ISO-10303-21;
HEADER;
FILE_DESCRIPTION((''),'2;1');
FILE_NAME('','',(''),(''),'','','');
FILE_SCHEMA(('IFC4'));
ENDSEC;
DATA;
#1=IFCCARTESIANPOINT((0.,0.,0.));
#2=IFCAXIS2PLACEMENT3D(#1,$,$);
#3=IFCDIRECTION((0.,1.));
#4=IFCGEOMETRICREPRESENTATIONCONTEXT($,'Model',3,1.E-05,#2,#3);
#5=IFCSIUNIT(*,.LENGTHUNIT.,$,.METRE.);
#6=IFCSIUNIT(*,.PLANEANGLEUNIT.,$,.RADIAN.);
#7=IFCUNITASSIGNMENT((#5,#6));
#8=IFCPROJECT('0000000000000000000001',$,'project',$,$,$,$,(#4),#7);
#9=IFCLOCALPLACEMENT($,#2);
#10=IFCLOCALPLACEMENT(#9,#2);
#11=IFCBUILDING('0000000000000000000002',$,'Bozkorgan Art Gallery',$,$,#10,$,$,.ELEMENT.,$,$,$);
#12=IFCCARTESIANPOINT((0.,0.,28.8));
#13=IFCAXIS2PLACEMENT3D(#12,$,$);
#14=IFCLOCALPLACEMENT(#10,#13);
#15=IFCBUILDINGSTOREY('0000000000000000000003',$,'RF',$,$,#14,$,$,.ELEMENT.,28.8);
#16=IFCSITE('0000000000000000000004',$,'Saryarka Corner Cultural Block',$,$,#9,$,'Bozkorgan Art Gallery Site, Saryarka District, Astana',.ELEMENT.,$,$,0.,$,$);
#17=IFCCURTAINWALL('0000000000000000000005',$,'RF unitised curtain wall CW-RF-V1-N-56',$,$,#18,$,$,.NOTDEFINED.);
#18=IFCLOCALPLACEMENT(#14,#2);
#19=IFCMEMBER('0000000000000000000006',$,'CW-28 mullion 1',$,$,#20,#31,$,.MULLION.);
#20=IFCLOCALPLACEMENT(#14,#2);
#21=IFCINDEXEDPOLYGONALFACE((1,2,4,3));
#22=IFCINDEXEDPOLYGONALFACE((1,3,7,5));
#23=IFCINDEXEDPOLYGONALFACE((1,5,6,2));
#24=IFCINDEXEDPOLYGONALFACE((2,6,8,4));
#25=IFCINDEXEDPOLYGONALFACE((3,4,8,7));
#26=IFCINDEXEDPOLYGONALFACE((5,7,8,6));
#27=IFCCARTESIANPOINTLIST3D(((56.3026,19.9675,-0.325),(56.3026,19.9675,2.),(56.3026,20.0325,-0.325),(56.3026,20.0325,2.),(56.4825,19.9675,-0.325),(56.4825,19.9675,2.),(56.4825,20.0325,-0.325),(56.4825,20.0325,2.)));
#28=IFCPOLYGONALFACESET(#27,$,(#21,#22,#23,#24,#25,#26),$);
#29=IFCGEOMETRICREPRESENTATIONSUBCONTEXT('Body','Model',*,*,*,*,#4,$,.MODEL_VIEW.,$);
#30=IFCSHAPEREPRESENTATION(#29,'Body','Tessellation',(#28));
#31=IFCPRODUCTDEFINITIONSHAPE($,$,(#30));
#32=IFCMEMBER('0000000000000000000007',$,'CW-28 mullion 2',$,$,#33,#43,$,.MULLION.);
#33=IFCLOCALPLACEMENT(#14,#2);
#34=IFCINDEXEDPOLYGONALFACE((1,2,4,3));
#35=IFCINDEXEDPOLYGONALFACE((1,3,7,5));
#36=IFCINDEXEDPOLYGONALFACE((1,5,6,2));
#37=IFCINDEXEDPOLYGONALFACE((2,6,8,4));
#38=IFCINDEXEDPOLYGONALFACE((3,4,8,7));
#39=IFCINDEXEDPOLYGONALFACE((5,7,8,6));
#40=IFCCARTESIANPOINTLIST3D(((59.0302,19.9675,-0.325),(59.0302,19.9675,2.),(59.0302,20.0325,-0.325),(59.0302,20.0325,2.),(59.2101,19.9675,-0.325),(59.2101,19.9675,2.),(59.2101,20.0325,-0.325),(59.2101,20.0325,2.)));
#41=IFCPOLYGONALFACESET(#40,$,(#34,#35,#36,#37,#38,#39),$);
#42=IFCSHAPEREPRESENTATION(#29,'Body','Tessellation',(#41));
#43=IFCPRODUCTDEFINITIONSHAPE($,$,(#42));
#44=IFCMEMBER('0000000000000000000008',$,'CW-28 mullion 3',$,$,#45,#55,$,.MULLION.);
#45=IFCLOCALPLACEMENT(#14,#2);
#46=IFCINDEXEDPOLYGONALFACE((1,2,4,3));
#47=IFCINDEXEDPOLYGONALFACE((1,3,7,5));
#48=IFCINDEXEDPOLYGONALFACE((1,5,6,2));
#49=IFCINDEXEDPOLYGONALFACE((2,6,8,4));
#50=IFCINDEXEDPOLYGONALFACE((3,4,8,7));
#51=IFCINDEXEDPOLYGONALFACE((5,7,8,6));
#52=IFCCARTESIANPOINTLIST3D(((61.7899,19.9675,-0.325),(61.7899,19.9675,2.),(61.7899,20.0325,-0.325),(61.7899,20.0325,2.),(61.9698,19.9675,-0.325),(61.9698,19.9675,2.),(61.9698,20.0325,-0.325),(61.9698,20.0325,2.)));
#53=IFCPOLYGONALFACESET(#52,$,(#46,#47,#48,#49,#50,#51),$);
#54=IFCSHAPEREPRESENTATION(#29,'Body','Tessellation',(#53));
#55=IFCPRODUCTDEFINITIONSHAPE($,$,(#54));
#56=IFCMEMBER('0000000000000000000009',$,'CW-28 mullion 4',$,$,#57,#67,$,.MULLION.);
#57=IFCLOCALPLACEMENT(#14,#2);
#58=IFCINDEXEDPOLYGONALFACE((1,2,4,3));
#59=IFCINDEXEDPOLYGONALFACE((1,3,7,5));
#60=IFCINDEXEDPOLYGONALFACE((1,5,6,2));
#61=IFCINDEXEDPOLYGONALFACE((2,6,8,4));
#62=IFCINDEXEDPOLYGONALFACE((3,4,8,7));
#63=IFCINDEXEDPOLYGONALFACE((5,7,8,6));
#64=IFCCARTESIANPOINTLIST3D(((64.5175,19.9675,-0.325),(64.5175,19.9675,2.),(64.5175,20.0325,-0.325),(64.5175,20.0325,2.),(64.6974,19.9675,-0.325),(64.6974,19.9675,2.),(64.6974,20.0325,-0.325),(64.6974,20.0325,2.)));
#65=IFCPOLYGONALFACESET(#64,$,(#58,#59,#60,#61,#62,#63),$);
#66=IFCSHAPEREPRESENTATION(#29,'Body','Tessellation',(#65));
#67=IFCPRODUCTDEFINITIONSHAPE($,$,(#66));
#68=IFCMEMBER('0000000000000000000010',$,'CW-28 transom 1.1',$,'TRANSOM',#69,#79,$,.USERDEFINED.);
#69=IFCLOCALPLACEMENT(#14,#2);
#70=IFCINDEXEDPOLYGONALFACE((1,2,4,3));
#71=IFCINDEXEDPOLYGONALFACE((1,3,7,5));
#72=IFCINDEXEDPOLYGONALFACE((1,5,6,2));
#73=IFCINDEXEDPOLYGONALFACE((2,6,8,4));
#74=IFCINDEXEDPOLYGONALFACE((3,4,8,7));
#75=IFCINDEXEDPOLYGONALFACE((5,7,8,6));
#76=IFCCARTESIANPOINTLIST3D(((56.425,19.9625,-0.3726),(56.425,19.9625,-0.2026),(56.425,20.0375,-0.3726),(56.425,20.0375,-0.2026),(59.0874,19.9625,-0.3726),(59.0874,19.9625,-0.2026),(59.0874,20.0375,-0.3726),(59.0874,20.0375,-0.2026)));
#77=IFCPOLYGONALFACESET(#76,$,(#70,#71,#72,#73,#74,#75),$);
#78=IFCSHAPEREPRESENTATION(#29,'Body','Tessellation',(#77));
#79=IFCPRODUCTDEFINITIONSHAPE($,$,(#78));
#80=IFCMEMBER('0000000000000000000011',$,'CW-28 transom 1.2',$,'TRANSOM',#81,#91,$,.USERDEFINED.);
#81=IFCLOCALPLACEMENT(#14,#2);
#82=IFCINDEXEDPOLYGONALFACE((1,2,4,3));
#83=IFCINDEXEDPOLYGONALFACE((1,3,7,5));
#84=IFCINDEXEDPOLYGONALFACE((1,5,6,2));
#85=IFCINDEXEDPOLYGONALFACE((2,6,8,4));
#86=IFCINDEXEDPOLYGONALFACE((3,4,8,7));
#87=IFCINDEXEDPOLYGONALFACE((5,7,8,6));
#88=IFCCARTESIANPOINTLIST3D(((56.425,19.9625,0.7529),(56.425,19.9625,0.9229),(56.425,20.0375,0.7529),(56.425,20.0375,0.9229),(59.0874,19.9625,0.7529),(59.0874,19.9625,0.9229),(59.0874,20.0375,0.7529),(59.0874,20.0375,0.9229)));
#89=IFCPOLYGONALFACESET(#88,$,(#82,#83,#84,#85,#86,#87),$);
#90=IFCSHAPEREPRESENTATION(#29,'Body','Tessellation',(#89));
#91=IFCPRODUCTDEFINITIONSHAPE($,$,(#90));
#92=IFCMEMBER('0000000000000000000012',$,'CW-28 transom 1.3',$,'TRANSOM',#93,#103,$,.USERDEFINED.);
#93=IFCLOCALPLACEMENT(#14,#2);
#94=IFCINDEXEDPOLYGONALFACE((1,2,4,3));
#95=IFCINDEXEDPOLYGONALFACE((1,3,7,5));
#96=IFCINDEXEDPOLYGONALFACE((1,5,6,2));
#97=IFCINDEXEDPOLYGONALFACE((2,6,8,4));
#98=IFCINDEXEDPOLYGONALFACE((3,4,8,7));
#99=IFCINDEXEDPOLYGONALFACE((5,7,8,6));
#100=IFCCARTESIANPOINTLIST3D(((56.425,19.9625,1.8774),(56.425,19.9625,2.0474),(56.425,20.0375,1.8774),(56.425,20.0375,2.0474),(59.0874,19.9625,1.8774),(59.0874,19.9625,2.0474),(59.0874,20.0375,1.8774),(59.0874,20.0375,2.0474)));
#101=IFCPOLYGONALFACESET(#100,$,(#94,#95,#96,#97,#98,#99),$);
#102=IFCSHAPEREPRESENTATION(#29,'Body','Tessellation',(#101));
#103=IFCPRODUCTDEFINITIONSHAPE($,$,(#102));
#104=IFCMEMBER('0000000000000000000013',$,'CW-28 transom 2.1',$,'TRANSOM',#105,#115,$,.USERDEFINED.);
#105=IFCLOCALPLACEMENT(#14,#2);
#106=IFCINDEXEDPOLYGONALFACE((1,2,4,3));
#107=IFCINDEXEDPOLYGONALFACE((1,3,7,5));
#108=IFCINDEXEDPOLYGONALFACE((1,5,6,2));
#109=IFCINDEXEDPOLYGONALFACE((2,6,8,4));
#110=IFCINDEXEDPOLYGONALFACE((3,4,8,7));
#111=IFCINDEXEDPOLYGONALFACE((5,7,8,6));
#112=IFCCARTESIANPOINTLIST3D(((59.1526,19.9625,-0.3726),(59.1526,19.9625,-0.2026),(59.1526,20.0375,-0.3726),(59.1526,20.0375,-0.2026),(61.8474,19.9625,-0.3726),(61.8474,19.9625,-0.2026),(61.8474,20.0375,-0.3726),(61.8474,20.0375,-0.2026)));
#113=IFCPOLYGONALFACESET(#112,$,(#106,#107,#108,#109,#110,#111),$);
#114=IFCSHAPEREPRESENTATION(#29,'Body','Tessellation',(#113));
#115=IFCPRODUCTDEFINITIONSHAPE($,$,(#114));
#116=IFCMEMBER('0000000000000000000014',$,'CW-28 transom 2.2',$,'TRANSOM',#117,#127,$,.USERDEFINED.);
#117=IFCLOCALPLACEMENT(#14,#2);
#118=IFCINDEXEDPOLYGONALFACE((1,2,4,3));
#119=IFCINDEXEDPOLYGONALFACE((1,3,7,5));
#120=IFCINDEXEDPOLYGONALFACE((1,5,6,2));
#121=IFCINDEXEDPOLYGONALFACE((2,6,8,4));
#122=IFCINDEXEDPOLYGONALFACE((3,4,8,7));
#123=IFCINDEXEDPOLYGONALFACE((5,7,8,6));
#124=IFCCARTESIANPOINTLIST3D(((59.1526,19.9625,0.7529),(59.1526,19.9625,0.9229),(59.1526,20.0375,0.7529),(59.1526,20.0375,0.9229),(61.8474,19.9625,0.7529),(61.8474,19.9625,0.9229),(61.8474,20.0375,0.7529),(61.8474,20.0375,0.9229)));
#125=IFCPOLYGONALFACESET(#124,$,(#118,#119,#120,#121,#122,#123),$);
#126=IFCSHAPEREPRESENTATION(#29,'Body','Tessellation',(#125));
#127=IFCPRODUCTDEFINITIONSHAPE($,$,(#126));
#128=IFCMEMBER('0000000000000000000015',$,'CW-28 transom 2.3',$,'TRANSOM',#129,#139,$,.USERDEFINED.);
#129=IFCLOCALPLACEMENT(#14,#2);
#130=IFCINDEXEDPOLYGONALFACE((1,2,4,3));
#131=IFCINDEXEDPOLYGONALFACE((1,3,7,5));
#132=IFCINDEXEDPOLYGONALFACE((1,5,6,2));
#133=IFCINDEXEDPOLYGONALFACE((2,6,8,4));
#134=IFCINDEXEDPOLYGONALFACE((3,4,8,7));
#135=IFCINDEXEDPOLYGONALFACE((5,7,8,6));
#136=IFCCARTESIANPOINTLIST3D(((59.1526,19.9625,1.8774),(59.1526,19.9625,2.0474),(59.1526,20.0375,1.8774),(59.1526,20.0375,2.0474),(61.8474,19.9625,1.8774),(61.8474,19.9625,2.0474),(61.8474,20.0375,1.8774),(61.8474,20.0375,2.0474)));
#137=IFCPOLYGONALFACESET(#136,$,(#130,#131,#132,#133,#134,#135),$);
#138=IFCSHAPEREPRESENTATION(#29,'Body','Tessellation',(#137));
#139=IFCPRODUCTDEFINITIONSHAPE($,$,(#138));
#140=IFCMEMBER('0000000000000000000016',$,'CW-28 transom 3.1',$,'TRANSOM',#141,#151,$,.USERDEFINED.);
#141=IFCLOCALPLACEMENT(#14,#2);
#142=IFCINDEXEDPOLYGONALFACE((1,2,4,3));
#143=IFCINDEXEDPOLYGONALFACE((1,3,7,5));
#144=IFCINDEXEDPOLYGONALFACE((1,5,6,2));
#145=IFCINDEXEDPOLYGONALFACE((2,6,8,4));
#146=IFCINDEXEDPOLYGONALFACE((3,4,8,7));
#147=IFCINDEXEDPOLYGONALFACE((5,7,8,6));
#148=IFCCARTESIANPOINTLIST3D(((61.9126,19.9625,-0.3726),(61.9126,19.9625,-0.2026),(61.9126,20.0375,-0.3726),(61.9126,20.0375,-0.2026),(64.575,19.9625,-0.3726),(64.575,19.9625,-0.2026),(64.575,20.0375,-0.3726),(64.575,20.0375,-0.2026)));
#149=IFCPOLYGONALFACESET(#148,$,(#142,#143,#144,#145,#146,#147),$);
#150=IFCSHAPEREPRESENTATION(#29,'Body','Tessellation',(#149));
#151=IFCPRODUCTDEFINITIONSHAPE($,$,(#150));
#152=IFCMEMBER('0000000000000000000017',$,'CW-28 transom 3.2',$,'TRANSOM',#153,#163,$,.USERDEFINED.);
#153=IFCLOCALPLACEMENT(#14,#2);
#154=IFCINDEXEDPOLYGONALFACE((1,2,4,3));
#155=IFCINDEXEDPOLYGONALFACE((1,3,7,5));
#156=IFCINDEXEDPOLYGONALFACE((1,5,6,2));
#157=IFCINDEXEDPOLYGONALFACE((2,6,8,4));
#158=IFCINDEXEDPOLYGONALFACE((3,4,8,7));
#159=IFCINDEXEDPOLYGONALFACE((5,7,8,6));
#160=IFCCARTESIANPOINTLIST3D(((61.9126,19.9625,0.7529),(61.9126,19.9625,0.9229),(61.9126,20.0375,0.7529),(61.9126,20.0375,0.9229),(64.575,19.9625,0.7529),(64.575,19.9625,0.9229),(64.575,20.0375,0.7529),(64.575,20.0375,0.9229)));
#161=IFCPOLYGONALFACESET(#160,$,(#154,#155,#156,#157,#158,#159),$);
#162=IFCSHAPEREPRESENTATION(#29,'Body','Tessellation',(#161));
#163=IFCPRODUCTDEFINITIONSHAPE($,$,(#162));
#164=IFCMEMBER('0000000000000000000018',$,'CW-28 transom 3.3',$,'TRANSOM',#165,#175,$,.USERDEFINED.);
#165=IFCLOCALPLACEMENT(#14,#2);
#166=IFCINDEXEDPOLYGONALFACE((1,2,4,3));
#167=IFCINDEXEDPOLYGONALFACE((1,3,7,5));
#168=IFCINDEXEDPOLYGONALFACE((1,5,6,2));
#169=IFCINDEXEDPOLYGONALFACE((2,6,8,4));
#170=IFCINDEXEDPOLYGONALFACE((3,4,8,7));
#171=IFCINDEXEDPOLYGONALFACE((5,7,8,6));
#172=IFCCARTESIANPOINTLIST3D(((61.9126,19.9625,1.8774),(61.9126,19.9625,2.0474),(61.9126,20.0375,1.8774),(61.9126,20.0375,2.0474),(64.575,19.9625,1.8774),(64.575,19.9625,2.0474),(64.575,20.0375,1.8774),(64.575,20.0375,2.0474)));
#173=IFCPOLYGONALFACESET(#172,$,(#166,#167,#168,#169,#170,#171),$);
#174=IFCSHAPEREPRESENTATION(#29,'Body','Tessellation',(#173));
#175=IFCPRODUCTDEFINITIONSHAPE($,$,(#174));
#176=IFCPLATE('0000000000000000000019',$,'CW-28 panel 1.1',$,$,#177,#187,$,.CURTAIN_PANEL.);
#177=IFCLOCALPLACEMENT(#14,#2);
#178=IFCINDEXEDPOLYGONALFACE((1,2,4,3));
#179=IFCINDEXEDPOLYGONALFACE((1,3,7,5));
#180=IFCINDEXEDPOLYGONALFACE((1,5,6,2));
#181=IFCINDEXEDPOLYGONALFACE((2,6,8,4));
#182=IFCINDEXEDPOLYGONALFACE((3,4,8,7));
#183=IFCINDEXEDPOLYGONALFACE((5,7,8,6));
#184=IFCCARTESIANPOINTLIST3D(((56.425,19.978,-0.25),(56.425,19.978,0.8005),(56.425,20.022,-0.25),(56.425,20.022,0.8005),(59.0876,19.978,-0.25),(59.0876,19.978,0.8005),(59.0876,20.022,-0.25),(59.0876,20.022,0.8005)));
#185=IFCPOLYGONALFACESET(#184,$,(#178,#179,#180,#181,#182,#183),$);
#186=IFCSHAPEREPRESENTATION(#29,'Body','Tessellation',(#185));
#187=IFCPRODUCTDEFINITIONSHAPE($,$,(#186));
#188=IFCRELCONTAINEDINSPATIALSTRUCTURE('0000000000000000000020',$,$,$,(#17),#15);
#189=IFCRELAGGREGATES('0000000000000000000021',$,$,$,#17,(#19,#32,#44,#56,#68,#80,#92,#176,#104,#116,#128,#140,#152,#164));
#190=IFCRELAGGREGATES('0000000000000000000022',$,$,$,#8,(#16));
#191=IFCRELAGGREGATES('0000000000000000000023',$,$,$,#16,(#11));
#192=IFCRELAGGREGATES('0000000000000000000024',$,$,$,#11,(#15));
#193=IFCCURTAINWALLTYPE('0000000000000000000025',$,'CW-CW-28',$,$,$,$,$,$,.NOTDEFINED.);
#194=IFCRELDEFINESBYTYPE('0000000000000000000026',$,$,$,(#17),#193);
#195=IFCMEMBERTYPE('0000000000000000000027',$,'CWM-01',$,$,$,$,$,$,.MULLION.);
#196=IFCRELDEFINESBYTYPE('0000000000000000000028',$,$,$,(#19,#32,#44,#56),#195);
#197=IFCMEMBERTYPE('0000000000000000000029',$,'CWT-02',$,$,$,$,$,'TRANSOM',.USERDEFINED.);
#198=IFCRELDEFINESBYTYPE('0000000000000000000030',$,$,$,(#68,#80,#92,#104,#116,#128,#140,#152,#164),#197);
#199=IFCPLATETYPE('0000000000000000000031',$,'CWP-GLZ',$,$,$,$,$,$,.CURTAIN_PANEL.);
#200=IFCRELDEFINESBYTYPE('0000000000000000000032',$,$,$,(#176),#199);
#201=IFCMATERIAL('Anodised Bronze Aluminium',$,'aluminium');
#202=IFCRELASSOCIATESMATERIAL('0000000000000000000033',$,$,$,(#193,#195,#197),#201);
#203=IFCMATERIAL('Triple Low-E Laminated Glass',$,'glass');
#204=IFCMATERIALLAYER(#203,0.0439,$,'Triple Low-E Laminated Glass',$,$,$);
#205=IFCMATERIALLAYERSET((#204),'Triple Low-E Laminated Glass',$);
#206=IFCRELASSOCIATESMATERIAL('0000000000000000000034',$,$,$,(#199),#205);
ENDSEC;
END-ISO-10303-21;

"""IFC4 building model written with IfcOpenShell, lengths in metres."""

from ifc_helpers import new_model, si_unit, direction, frame, origin, origin_2d, place, context, subcontext, project, spatial, rectangle, extrude, material, layer, layer_set, material_profile, profile_set, type_object, element, aggregate, save


model = new_model("IFC4")

# Units and contexts
model_context = context("Model", 3, precision=1e-05, world=origin(), true_north=direction((0.0, 1.0)))
body_context = subcontext(model_context, "Body", "Model", "MODEL_VIEW")
ifc_project = project(units=[si_unit("LENGTHUNIT", "METRE"), si_unit("PLANEANGLEUNIT", "RADIAN")], contexts=[model_context])

# Site, building, storey
site_placement = place(None, origin())
site = spatial("IfcSite", under=ifc_project, at=site_placement, Name="Saryarka Corner Cultural Block", LongName="Bozkorgan Art Gallery Site, Saryarka District, Astana", CompositionType="ELEMENT", RefElevation=0.0)
building_placement = place(site_placement, origin())
building = spatial("IfcBuilding", under=site, at=building_placement, Name="Bozkorgan Art Gallery", CompositionType="ELEMENT")
storey_placement = place(building_placement, frame((0.0, 0.0, 28.8)))
storey = spatial("IfcBuildingStorey", under=building, at=storey_placement, Name="RF", CompositionType="ELEMENT", Elevation=28.8)

# Curtain wall, members, plate
ifc_material_1 = material(Name="Anodised Bronze Aluminium", Category="aluminium")
curtain_wall_type = type_object("IfcCurtainWallType", Name="CW-CW-28", PredefinedType="NOTDEFINED", material=ifc_material_1)
curtain_wall_placement = place(storey_placement, origin())
curtain_wall = element("IfcCurtainWall", 1, at=curtain_wall_placement, inside=storey, type_object=curtain_wall_type, Name="RF unitised curtain wall CW-RF-V1-N-56", PredefinedType="NOTDEFINED")
ifc_material_profile_1 = material_profile(ifc_material_1, rectangle(XDim=0.0649, YDim=0.1799, at=origin_2d()), Name="ALU MULLION 65x180")
ifc_profile_set_1 = profile_set([ifc_material_profile_1], Name="Anodised Bronze Aluminium")
member_type_1 = type_object("IfcMemberType", Name="CWM-01", PredefinedType="MULLION", material=ifc_profile_set_1)
member_1_placement = place(storey_placement, frame((56.3926, 20.0, -0.325), z_axis=(0.0, 0.0, 1.0), x_axis=(0.0, 1.0, 0.0)))
member_1 = element("IfcMember", 2, at=member_1_placement, type_object=member_type_1, Name="CW-28 mullion 1", PredefinedType="MULLION", context=body_context, shape_type="SweptSolid", body=[
    extrude(rectangle(XDim=0.0649, YDim=0.1799, at=origin_2d()), origin(), (0.0, 0.0, 1.0), 2.325),
])
member_2_placement = place(storey_placement, frame((59.1201, 20.0, -0.325), z_axis=(0.0, 0.0, 1.0), x_axis=(0.0, 1.0, 0.0)))
member_2 = element("IfcMember", 3, at=member_2_placement, type_object=member_type_1, Name="CW-28 mullion 2", PredefinedType="MULLION", context=body_context, shape_type="SweptSolid", body=[
    extrude(rectangle(XDim=0.0649, YDim=0.1799, at=origin_2d()), origin(), (0.0, 0.0, 1.0), 2.325),
])
member_3_placement = place(storey_placement, frame((61.8799, 20.0, -0.325), z_axis=(0.0, 0.0, 1.0), x_axis=(0.0, 1.0, 0.0)))
member_3 = element("IfcMember", 4, at=member_3_placement, type_object=member_type_1, Name="CW-28 mullion 3", PredefinedType="MULLION", context=body_context, shape_type="SweptSolid", body=[
    extrude(rectangle(XDim=0.0649, YDim=0.1799, at=origin_2d()), origin(), (0.0, 0.0, 1.0), 2.325),
])
member_4_placement = place(storey_placement, frame((64.6074, 20.0, -0.325), z_axis=(0.0, 0.0, 1.0), x_axis=(0.0, 1.0, 0.0)))
member_4 = element("IfcMember", 5, at=member_4_placement, type_object=member_type_1, Name="CW-28 mullion 4", PredefinedType="MULLION", context=body_context, shape_type="SweptSolid", body=[
    extrude(rectangle(XDim=0.0649, YDim=0.1799, at=origin_2d()), origin(), (0.0, 0.0, 1.0), 2.325),
])
ifc_material_profile_2 = material_profile(ifc_material_1, rectangle(XDim=0.075, YDim=0.1699, at=origin_2d()), Name="ALU TRANSOM 75x170")
ifc_profile_set_2 = profile_set([ifc_material_profile_2], Name="Anodised Bronze Aluminium")
member_type_2 = type_object("IfcMemberType", Name="CWT-02", ElementType="TRANSOM", PredefinedType="USERDEFINED", material=ifc_profile_set_2)
member_5_placement = place(storey_placement, frame((56.425, 20.0, -0.2876), z_axis=(1.0, 0.0, 0.0), x_axis=(0.0, 1.0, 0.0)))
member_5 = element("IfcMember", 6, at=member_5_placement, type_object=member_type_2, Name="CW-28 transom 1.1", ObjectType="TRANSOM", PredefinedType="USERDEFINED", context=body_context, shape_type="SweptSolid", body=[
    extrude(rectangle(XDim=0.075, YDim=0.1699, at=origin_2d()), origin(), (0.0, 0.0, 1.0), 2.6624),
])
member_6_placement = place(storey_placement, frame((56.425, 20.0, 0.8379), z_axis=(1.0, 0.0, 0.0), x_axis=(0.0, 1.0, 0.0)))
member_6 = element("IfcMember", 7, at=member_6_placement, type_object=member_type_2, Name="CW-28 transom 1.2", ObjectType="TRANSOM", PredefinedType="USERDEFINED", context=body_context, shape_type="SweptSolid", body=[
    extrude(rectangle(XDim=0.075, YDim=0.1699, at=origin_2d()), origin(), (0.0, 0.0, 1.0), 2.6624),
])
member_7_placement = place(storey_placement, frame((56.425, 20.0, 1.9624), z_axis=(1.0, 0.0, 0.0), x_axis=(0.0, 1.0, 0.0)))
member_7 = element("IfcMember", 8, at=member_7_placement, type_object=member_type_2, Name="CW-28 transom 1.3", ObjectType="TRANSOM", PredefinedType="USERDEFINED", context=body_context, shape_type="SweptSolid", body=[
    extrude(rectangle(XDim=0.075, YDim=0.1699, at=origin_2d()), origin(), (0.0, 0.0, 1.0), 2.6624),
])
member_8_placement = place(storey_placement, frame((59.1526, 20.0, -0.2876), z_axis=(1.0, 0.0, 0.0), x_axis=(0.0, 1.0, 0.0)))
member_8 = element("IfcMember", 9, at=member_8_placement, type_object=member_type_2, Name="CW-28 transom 2.1", ObjectType="TRANSOM", PredefinedType="USERDEFINED", context=body_context, shape_type="SweptSolid", body=[
    extrude(rectangle(XDim=0.075, YDim=0.1699, at=origin_2d()), origin(), (0.0, 0.0, 1.0), 2.6948),
])
member_9_placement = place(storey_placement, frame((59.1526, 20.0, 0.8379), z_axis=(1.0, 0.0, 0.0), x_axis=(0.0, 1.0, 0.0)))
member_9 = element("IfcMember", 10, at=member_9_placement, type_object=member_type_2, Name="CW-28 transom 2.2", ObjectType="TRANSOM", PredefinedType="USERDEFINED", context=body_context, shape_type="SweptSolid", body=[
    extrude(rectangle(XDim=0.075, YDim=0.1699, at=origin_2d()), origin(), (0.0, 0.0, 1.0), 2.6948),
])
member_10_placement = place(storey_placement, frame((59.1526, 20.0, 1.9624), z_axis=(1.0, 0.0, 0.0), x_axis=(0.0, 1.0, 0.0)))
member_10 = element("IfcMember", 11, at=member_10_placement, type_object=member_type_2, Name="CW-28 transom 2.3", ObjectType="TRANSOM", PredefinedType="USERDEFINED", context=body_context, shape_type="SweptSolid", body=[
    extrude(rectangle(XDim=0.075, YDim=0.1699, at=origin_2d()), origin(), (0.0, 0.0, 1.0), 2.6948),
])
member_11_placement = place(storey_placement, frame((61.9126, 20.0, -0.2876), z_axis=(1.0, 0.0, 0.0), x_axis=(0.0, 1.0, 0.0)))
member_11 = element("IfcMember", 12, at=member_11_placement, type_object=member_type_2, Name="CW-28 transom 3.1", ObjectType="TRANSOM", PredefinedType="USERDEFINED", context=body_context, shape_type="SweptSolid", body=[
    extrude(rectangle(XDim=0.075, YDim=0.1699, at=origin_2d()), origin(), (0.0, 0.0, 1.0), 2.6624),
])
member_12_placement = place(storey_placement, frame((61.9126, 20.0, 0.8379), z_axis=(1.0, 0.0, 0.0), x_axis=(0.0, 1.0, 0.0)))
member_12 = element("IfcMember", 13, at=member_12_placement, type_object=member_type_2, Name="CW-28 transom 3.2", ObjectType="TRANSOM", PredefinedType="USERDEFINED", context=body_context, shape_type="SweptSolid", body=[
    extrude(rectangle(XDim=0.075, YDim=0.1699, at=origin_2d()), origin(), (0.0, 0.0, 1.0), 2.6624),
])
member_13_placement = place(storey_placement, frame((61.9126, 20.0, 1.9624), z_axis=(1.0, 0.0, 0.0), x_axis=(0.0, 1.0, 0.0)))
member_13 = element("IfcMember", 14, at=member_13_placement, type_object=member_type_2, Name="CW-28 transom 3.3", ObjectType="TRANSOM", PredefinedType="USERDEFINED", context=body_context, shape_type="SweptSolid", body=[
    extrude(rectangle(XDim=0.075, YDim=0.1699, at=origin_2d()), origin(), (0.0, 0.0, 1.0), 2.6624),
])
ifc_material_2 = material(Name="Triple Low-E Laminated Glass", Category="glass")
ifc_layer_1 = layer(ifc_material_2, 0.0439, Name="Triple Low-E Laminated Glass")
ifc_layer_set_1 = layer_set([ifc_layer_1], Name="Triple Low-E Laminated Glass")
plate_type_1 = type_object("IfcPlateType", Name="CWP-GLZ", PredefinedType="CURTAIN_PANEL", material=ifc_layer_set_1)
plate_1_placement = place(storey_placement, frame((57.7563, 20.0, -0.25), z_axis=(0.0, 0.0, 1.0), x_axis=(1.0, 0.0, 0.0)))
plate_1 = element("IfcPlate", 15, at=plate_1_placement, type_object=plate_type_1, Name="CW-28 panel 1.1", PredefinedType="CURTAIN_PANEL", context=body_context, shape_type="SweptSolid", body=[
    extrude(rectangle(XDim=2.6626, YDim=0.0439, at=origin_2d()), origin(), (0.0, 0.0, 1.0), 1.0505),
])
aggregate(curtain_wall, [member_1, member_2, member_3, member_4, member_5, member_6, member_7, plate_1, member_8, member_9, member_10, member_11, member_12, member_13])

save(model, "model.ifc")
